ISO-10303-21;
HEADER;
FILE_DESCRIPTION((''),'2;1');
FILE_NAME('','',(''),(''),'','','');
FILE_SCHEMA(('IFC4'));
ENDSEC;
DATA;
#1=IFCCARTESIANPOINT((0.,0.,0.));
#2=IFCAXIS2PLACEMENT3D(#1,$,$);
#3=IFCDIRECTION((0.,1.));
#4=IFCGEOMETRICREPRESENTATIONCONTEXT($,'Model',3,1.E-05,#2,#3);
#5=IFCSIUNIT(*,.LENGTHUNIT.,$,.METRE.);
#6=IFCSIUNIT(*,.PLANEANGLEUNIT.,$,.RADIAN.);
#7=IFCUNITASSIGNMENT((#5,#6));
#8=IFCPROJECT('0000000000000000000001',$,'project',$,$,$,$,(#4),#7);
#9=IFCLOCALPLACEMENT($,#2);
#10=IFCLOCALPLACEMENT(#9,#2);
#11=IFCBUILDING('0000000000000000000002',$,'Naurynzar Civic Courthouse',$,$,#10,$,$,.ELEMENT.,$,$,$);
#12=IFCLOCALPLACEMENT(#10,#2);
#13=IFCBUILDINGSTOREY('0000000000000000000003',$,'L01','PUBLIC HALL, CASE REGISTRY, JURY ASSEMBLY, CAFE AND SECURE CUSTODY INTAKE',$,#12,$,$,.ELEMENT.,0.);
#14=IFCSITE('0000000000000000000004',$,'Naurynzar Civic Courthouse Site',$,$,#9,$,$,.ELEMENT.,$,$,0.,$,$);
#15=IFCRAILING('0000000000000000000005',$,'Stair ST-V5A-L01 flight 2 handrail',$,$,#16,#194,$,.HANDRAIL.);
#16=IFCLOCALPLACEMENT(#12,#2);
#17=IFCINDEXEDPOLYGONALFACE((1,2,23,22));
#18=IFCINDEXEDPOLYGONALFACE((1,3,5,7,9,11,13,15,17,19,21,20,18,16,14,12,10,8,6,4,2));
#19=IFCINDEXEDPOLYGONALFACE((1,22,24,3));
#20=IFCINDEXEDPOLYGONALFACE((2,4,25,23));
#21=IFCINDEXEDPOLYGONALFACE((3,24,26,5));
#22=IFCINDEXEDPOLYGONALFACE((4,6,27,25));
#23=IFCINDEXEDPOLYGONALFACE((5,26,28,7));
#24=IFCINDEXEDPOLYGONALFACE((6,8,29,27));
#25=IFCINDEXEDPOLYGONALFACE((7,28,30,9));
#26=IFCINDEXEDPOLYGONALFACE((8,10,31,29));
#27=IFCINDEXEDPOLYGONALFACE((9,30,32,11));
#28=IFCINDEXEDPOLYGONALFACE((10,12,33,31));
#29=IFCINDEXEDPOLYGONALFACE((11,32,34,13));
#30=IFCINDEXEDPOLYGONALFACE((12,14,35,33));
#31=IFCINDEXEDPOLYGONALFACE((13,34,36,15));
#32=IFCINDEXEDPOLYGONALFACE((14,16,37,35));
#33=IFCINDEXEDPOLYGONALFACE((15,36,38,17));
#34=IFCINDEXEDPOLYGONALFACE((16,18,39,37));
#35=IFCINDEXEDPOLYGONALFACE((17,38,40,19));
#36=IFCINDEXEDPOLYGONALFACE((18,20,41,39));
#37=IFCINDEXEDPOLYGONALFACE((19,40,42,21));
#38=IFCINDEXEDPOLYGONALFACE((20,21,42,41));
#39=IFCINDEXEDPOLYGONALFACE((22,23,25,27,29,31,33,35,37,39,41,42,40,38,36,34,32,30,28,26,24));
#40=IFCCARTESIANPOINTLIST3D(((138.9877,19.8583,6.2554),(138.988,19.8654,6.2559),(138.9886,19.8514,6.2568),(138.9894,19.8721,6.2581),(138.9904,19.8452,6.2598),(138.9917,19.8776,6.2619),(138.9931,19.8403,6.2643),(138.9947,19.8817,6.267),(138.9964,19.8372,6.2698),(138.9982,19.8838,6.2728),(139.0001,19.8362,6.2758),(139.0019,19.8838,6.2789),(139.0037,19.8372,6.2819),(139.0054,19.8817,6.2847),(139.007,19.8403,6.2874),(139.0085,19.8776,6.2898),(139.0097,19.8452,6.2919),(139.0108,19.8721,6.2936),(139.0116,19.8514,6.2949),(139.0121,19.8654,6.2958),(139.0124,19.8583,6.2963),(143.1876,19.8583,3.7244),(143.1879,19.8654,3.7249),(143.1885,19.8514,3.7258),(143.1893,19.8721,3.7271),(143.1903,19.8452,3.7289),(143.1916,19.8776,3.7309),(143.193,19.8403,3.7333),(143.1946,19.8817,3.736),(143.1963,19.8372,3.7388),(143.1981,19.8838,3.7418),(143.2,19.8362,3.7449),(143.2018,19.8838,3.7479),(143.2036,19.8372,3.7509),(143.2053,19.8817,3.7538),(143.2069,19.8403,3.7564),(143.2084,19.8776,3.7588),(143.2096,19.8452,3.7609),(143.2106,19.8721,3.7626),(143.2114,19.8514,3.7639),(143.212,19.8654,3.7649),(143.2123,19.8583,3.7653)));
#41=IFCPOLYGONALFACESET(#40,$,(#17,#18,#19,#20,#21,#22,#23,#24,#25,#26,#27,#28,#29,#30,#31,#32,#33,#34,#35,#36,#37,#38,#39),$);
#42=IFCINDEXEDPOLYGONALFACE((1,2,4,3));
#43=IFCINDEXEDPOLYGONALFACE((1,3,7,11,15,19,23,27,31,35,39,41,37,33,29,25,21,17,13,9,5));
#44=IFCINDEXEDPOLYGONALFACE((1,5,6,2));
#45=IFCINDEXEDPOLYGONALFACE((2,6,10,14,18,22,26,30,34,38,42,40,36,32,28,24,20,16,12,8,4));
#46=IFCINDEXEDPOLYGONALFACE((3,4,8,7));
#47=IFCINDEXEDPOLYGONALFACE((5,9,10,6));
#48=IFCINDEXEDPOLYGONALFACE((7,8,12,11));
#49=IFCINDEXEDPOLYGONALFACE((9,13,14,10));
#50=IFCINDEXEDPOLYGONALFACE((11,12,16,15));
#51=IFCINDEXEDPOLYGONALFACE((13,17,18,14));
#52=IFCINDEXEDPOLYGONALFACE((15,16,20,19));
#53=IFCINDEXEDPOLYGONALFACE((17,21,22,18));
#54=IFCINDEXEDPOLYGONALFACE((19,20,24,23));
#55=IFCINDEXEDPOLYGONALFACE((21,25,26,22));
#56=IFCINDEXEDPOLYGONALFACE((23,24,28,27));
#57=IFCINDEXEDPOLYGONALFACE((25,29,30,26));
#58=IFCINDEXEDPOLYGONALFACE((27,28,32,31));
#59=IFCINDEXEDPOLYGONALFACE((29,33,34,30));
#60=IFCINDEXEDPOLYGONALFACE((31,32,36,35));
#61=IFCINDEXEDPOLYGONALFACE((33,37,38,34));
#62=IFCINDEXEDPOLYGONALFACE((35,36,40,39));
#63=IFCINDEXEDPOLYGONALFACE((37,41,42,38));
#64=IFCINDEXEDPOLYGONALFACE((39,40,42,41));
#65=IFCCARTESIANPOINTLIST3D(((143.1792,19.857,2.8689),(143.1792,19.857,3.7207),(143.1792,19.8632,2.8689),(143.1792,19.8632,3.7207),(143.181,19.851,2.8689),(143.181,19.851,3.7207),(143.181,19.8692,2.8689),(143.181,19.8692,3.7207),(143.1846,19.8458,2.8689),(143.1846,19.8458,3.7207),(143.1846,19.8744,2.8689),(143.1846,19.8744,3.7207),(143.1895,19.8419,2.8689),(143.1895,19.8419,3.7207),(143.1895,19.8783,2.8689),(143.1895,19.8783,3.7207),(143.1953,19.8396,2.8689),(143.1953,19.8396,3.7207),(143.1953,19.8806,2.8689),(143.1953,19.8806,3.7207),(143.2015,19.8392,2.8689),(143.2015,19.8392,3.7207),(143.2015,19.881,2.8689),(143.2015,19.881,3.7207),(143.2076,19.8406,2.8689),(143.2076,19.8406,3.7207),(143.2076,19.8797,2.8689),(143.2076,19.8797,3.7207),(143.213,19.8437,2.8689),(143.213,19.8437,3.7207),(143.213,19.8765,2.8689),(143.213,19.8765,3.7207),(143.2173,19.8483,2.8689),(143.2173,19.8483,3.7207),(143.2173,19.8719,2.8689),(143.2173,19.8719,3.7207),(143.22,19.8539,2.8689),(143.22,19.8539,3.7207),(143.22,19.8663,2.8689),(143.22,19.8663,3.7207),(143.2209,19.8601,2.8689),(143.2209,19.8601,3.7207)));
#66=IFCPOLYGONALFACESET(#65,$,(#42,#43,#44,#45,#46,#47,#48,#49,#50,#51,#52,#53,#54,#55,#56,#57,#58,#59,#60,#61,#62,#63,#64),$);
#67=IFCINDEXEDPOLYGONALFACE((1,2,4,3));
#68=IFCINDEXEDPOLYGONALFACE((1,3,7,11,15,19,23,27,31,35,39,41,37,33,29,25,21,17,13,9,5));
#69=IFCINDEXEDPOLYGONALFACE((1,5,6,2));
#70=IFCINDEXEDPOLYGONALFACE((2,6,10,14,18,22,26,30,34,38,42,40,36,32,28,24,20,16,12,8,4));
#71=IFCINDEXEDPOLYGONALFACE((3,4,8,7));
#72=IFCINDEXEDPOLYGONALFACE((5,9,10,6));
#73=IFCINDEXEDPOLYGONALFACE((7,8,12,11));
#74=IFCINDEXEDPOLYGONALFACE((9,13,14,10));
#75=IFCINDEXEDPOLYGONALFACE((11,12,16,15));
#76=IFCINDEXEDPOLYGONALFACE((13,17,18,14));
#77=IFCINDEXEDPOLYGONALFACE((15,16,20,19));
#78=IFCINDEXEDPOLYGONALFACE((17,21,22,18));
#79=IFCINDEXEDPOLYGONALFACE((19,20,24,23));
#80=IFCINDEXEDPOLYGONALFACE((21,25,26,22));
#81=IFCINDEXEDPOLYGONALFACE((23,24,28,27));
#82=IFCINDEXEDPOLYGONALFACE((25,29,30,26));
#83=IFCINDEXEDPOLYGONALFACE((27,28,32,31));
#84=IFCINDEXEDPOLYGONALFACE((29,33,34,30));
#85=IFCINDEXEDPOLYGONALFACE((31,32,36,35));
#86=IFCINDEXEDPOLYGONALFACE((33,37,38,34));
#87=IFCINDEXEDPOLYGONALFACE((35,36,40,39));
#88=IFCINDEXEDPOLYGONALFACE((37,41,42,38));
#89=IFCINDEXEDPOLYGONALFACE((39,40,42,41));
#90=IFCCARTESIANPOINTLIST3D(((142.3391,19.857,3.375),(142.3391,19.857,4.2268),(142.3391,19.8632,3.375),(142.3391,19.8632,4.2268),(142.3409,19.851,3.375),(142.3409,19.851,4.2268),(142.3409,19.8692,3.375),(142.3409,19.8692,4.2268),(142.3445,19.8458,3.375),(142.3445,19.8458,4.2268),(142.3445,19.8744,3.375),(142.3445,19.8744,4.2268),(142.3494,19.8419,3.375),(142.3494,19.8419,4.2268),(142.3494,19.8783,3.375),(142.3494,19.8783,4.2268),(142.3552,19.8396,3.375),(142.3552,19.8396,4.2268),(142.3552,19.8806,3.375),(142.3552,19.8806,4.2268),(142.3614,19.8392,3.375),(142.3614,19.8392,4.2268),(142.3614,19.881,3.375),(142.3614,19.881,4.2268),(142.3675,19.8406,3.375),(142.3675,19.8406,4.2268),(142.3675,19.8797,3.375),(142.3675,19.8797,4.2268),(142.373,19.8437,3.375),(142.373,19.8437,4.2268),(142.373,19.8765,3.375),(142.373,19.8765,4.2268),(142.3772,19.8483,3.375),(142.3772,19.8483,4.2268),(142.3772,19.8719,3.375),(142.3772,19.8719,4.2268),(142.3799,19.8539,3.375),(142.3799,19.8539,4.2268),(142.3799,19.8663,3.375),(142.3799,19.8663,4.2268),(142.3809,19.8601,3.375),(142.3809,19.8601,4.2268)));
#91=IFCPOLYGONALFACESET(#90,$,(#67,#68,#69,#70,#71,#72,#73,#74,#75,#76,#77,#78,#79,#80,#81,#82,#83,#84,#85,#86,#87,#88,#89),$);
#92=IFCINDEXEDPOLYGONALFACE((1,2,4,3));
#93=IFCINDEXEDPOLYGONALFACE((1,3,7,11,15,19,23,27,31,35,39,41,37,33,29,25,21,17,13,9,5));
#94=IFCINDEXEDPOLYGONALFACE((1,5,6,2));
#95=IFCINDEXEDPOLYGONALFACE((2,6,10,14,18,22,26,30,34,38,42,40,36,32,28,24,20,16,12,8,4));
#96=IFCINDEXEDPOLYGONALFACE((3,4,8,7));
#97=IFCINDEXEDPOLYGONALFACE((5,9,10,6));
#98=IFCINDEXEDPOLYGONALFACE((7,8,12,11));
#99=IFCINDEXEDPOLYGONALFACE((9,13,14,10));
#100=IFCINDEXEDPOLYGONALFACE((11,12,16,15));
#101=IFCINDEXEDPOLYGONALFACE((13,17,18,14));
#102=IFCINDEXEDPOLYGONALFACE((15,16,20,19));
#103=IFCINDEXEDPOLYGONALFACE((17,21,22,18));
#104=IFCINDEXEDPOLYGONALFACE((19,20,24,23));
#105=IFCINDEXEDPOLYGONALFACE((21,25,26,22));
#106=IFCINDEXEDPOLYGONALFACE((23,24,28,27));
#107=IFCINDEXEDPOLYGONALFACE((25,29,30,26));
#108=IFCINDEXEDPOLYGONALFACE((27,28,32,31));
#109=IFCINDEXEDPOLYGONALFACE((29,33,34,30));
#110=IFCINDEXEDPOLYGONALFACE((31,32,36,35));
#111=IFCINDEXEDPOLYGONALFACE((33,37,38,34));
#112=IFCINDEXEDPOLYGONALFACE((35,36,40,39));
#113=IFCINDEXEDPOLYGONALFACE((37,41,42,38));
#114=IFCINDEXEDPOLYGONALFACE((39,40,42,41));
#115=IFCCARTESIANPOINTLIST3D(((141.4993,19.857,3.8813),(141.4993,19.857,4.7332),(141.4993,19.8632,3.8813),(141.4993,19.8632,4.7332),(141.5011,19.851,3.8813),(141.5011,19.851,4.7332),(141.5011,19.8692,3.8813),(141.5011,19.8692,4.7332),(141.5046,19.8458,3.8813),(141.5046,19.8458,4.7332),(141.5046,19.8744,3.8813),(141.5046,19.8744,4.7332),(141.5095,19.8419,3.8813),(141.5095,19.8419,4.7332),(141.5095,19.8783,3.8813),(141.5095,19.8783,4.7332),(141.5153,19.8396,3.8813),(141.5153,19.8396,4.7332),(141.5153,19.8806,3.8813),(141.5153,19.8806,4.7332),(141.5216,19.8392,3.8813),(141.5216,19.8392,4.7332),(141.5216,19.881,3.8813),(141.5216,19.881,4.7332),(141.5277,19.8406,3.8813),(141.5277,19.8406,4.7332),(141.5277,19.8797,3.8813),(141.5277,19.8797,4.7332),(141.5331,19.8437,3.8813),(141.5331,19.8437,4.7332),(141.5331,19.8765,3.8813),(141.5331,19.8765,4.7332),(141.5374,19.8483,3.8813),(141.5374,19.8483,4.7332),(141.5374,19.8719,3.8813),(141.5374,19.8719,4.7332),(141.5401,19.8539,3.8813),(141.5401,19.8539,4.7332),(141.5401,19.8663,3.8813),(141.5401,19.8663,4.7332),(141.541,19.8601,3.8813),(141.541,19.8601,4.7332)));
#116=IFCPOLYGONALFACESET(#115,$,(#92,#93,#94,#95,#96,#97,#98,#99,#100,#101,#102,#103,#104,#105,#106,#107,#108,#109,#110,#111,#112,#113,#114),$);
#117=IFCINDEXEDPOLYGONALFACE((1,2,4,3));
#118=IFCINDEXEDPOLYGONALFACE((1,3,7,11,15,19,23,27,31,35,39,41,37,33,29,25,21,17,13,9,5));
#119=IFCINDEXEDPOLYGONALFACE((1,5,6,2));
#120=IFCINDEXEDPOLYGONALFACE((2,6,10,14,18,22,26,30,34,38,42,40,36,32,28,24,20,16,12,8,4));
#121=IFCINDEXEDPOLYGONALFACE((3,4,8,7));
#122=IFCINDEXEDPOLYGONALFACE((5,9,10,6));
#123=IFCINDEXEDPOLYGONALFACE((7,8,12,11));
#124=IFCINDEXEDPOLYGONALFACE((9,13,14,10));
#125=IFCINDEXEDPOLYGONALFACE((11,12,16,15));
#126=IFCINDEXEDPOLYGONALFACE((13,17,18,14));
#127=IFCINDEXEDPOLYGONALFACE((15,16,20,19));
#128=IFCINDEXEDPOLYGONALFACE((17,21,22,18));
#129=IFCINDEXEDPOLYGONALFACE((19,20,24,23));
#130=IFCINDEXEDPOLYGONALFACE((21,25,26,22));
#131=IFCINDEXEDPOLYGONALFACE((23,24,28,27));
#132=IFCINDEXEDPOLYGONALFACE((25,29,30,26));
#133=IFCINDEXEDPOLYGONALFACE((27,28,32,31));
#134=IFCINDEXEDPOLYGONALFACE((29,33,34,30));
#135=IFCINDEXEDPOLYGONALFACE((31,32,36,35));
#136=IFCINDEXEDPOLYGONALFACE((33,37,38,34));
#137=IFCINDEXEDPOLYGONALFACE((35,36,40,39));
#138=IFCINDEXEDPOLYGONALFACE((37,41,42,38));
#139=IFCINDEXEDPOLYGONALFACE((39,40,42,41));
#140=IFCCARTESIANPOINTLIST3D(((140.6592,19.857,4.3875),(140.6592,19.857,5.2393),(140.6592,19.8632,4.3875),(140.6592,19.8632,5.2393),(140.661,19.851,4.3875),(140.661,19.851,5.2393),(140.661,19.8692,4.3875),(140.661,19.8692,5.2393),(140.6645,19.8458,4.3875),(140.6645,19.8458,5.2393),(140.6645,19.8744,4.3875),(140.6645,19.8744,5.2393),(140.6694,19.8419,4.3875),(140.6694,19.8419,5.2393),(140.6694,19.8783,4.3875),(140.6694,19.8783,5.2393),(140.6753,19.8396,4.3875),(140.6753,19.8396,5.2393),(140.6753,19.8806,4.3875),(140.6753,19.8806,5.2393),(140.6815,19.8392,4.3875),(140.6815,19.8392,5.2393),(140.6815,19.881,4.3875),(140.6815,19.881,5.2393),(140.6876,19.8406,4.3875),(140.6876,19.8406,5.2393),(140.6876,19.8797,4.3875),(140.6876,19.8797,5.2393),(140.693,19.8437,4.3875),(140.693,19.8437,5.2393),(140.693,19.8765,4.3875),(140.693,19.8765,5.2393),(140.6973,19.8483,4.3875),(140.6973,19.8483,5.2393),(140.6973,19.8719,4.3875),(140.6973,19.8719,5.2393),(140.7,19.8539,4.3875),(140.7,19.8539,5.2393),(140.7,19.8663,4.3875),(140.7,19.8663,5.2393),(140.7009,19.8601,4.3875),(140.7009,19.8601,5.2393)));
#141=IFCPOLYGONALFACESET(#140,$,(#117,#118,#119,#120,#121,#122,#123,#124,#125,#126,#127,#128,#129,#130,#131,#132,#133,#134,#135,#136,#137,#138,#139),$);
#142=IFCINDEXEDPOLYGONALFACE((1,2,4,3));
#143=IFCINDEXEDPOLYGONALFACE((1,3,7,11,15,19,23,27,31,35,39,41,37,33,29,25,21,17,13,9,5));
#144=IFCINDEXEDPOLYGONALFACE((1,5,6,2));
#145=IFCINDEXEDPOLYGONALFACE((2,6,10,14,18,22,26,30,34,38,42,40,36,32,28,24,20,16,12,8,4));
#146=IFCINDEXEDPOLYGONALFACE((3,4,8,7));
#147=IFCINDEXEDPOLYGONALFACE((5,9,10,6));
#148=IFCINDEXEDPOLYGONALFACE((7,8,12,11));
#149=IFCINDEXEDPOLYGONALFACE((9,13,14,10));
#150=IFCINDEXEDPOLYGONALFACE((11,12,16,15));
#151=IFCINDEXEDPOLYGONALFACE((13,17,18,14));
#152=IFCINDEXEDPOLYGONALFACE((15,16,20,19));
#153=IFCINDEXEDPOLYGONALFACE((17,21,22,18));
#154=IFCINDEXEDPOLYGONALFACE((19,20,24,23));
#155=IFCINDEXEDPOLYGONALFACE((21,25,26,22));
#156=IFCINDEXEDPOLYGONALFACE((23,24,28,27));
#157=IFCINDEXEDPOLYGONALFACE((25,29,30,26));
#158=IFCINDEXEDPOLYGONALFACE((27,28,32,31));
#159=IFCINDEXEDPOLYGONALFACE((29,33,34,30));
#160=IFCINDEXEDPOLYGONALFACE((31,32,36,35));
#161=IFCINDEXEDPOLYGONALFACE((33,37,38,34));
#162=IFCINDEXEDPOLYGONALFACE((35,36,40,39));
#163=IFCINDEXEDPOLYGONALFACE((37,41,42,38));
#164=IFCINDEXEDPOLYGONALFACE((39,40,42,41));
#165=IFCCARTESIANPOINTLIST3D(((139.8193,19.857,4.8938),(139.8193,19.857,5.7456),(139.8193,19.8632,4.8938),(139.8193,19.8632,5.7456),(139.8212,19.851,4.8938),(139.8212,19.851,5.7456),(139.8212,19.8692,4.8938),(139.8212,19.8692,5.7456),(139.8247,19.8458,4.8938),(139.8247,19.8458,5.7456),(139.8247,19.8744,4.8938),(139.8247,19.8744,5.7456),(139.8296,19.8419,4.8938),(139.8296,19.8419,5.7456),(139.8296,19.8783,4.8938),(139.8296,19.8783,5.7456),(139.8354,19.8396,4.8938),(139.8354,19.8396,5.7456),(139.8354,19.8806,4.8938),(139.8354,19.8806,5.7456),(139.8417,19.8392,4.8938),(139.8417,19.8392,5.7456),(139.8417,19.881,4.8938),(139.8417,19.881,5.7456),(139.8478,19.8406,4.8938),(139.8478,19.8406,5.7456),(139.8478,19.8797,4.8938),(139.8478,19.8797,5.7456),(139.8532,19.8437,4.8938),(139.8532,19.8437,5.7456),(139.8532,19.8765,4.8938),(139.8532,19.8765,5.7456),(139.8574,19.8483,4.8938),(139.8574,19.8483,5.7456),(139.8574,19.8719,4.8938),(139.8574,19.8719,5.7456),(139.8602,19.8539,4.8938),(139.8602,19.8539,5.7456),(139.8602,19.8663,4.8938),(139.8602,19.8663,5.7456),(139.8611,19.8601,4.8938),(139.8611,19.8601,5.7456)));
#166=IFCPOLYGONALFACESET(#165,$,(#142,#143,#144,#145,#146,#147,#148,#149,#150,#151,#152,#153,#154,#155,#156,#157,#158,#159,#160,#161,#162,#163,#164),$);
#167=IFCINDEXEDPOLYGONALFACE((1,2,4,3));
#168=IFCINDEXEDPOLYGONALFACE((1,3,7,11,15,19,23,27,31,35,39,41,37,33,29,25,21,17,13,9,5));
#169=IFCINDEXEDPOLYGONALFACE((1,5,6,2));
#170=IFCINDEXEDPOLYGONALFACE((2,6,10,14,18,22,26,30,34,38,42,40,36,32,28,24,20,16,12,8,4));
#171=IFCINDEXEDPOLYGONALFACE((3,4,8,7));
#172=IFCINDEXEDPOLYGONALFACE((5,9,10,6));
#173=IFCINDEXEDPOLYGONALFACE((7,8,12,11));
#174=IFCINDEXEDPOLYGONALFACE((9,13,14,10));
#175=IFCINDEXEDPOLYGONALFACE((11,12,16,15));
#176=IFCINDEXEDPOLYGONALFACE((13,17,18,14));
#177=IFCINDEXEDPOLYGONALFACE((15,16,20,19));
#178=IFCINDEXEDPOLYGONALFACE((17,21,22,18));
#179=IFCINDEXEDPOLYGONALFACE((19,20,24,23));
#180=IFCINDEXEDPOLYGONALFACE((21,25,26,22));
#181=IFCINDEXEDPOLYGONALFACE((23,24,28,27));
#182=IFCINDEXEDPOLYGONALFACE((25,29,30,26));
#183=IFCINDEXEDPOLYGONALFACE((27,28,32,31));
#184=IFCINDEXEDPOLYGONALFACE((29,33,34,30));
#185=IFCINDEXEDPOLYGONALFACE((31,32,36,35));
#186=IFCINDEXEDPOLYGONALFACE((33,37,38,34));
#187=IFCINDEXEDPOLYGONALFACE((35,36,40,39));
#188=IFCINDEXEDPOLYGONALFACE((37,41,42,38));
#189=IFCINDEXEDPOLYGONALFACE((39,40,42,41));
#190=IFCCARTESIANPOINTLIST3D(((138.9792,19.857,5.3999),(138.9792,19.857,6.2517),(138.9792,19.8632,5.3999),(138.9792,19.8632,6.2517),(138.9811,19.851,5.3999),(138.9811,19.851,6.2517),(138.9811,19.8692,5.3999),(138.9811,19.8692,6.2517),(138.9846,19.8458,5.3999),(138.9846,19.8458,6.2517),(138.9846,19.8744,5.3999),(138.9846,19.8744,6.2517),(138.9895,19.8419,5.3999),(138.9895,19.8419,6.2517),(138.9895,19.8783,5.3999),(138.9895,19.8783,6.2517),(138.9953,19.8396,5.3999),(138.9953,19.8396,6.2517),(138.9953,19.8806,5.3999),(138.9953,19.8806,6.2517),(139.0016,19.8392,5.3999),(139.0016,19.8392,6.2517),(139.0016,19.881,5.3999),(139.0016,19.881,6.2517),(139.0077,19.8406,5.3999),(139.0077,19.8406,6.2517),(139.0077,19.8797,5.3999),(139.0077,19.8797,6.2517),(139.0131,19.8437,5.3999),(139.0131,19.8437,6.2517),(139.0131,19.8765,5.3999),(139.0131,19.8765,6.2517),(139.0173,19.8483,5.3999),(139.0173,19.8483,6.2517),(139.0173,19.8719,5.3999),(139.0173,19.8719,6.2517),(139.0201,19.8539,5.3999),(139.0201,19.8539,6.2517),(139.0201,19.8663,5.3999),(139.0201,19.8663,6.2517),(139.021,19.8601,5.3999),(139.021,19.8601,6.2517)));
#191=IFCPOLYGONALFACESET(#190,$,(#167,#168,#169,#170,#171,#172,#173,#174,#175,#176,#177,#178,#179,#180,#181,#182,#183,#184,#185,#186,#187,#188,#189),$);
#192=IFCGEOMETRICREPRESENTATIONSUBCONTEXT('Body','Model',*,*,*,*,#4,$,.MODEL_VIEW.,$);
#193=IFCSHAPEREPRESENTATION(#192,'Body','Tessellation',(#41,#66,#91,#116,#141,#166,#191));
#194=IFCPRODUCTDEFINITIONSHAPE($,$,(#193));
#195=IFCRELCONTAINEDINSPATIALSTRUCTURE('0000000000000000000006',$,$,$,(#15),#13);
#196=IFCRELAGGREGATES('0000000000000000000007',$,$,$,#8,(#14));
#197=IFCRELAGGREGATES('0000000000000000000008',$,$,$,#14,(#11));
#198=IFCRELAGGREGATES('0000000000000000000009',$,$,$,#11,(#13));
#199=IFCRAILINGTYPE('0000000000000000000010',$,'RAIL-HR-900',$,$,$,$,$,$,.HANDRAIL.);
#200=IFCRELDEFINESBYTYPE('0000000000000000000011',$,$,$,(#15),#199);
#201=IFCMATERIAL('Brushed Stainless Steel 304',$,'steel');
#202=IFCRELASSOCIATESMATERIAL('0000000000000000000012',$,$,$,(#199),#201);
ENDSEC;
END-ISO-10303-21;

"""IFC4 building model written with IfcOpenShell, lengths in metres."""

from ifc_helpers import new_model, si_unit, direction, frame, origin, origin_2d, place, context, subcontext, project, spatial, circle, extrude, material, type_object, element, save


model = new_model("IFC4")

# Units and contexts
model_context = context("Model", 3, precision=1e-05, world=origin(), true_north=direction((0.0, 1.0)))
body_context = subcontext(model_context, "Body", "Model", "MODEL_VIEW")
ifc_project = project(units=[si_unit("LENGTHUNIT", "METRE"), si_unit("PLANEANGLEUNIT", "RADIAN")], contexts=[model_context])

# Site, building, storey
site_placement = place(None, origin())
site = spatial("IfcSite", under=ifc_project, at=site_placement, Name="Naurynzar Civic Courthouse Site", CompositionType="ELEMENT", RefElevation=0.0)
building_placement = place(site_placement, origin())
building = spatial("IfcBuilding", under=site, at=building_placement, Name="Naurynzar Civic Courthouse", CompositionType="ELEMENT")
storey_placement = place(building_placement, origin())
storey = spatial("IfcBuildingStorey", under=building, at=storey_placement, Name="L01", Description="PUBLIC HALL, CASE REGISTRY, JURY ASSEMBLY, CAFE AND SECURE CUSTODY INTAKE", CompositionType="ELEMENT", Elevation=0.0)

# Railing
ifc_material_1 = material(Name="Brushed Stainless Steel 304", Category="steel")
railing_type_1 = type_object("IfcRailingType", Name="RAIL-HR-900", PredefinedType="HANDRAIL", material=ifc_material_1)
railing_1_placement = place(storey_placement, frame((143.2, 19.8601, 2.8689)))
element("IfcRailing", 1, at=railing_1_placement, inside=storey, type_object=railing_type_1, Name="Stair ST-V5A-L01 flight 2 handrail", PredefinedType="HANDRAIL", context=body_context, shape_type="SweptSolid", body=[
    extrude(circle(Radius=0.0239, at=origin_2d()), frame((0.0, 0.0, 0.876), z_axis=(-0.856499, 0.0, 0.51615), x_axis=(0.0, -1.0, 0.0)), (0.0, 0.0, 1.0), 4.9036),
    extrude(circle(Radius=0.021, at=origin_2d()), origin(), (0.0, 0.0, 1.0), 0.8518),
    extrude(circle(Radius=0.021, at=origin_2d()), frame((-0.8401, 0.0, 0.5061)), (0.0, 0.0, 1.0), 0.8518),
    extrude(circle(Radius=0.021, at=origin_2d()), frame((-1.6799, 0.0, 1.0125)), (0.0, 0.0, 1.0), 0.8518),
    extrude(circle(Radius=0.021, at=origin_2d()), frame((-2.52, 0.0, 1.5186)), (0.0, 0.0, 1.0), 0.8518),
    extrude(circle(Radius=0.021, at=origin_2d()), frame((-3.3599, 0.0, 2.0249)), (0.0, 0.0, 1.0), 0.8518),
    extrude(circle(Radius=0.021, at=origin_2d()), frame((-4.2, 0.0, 2.531)), (0.0, 0.0, 1.0), 0.8518),
])

save(model, "model.ifc")
